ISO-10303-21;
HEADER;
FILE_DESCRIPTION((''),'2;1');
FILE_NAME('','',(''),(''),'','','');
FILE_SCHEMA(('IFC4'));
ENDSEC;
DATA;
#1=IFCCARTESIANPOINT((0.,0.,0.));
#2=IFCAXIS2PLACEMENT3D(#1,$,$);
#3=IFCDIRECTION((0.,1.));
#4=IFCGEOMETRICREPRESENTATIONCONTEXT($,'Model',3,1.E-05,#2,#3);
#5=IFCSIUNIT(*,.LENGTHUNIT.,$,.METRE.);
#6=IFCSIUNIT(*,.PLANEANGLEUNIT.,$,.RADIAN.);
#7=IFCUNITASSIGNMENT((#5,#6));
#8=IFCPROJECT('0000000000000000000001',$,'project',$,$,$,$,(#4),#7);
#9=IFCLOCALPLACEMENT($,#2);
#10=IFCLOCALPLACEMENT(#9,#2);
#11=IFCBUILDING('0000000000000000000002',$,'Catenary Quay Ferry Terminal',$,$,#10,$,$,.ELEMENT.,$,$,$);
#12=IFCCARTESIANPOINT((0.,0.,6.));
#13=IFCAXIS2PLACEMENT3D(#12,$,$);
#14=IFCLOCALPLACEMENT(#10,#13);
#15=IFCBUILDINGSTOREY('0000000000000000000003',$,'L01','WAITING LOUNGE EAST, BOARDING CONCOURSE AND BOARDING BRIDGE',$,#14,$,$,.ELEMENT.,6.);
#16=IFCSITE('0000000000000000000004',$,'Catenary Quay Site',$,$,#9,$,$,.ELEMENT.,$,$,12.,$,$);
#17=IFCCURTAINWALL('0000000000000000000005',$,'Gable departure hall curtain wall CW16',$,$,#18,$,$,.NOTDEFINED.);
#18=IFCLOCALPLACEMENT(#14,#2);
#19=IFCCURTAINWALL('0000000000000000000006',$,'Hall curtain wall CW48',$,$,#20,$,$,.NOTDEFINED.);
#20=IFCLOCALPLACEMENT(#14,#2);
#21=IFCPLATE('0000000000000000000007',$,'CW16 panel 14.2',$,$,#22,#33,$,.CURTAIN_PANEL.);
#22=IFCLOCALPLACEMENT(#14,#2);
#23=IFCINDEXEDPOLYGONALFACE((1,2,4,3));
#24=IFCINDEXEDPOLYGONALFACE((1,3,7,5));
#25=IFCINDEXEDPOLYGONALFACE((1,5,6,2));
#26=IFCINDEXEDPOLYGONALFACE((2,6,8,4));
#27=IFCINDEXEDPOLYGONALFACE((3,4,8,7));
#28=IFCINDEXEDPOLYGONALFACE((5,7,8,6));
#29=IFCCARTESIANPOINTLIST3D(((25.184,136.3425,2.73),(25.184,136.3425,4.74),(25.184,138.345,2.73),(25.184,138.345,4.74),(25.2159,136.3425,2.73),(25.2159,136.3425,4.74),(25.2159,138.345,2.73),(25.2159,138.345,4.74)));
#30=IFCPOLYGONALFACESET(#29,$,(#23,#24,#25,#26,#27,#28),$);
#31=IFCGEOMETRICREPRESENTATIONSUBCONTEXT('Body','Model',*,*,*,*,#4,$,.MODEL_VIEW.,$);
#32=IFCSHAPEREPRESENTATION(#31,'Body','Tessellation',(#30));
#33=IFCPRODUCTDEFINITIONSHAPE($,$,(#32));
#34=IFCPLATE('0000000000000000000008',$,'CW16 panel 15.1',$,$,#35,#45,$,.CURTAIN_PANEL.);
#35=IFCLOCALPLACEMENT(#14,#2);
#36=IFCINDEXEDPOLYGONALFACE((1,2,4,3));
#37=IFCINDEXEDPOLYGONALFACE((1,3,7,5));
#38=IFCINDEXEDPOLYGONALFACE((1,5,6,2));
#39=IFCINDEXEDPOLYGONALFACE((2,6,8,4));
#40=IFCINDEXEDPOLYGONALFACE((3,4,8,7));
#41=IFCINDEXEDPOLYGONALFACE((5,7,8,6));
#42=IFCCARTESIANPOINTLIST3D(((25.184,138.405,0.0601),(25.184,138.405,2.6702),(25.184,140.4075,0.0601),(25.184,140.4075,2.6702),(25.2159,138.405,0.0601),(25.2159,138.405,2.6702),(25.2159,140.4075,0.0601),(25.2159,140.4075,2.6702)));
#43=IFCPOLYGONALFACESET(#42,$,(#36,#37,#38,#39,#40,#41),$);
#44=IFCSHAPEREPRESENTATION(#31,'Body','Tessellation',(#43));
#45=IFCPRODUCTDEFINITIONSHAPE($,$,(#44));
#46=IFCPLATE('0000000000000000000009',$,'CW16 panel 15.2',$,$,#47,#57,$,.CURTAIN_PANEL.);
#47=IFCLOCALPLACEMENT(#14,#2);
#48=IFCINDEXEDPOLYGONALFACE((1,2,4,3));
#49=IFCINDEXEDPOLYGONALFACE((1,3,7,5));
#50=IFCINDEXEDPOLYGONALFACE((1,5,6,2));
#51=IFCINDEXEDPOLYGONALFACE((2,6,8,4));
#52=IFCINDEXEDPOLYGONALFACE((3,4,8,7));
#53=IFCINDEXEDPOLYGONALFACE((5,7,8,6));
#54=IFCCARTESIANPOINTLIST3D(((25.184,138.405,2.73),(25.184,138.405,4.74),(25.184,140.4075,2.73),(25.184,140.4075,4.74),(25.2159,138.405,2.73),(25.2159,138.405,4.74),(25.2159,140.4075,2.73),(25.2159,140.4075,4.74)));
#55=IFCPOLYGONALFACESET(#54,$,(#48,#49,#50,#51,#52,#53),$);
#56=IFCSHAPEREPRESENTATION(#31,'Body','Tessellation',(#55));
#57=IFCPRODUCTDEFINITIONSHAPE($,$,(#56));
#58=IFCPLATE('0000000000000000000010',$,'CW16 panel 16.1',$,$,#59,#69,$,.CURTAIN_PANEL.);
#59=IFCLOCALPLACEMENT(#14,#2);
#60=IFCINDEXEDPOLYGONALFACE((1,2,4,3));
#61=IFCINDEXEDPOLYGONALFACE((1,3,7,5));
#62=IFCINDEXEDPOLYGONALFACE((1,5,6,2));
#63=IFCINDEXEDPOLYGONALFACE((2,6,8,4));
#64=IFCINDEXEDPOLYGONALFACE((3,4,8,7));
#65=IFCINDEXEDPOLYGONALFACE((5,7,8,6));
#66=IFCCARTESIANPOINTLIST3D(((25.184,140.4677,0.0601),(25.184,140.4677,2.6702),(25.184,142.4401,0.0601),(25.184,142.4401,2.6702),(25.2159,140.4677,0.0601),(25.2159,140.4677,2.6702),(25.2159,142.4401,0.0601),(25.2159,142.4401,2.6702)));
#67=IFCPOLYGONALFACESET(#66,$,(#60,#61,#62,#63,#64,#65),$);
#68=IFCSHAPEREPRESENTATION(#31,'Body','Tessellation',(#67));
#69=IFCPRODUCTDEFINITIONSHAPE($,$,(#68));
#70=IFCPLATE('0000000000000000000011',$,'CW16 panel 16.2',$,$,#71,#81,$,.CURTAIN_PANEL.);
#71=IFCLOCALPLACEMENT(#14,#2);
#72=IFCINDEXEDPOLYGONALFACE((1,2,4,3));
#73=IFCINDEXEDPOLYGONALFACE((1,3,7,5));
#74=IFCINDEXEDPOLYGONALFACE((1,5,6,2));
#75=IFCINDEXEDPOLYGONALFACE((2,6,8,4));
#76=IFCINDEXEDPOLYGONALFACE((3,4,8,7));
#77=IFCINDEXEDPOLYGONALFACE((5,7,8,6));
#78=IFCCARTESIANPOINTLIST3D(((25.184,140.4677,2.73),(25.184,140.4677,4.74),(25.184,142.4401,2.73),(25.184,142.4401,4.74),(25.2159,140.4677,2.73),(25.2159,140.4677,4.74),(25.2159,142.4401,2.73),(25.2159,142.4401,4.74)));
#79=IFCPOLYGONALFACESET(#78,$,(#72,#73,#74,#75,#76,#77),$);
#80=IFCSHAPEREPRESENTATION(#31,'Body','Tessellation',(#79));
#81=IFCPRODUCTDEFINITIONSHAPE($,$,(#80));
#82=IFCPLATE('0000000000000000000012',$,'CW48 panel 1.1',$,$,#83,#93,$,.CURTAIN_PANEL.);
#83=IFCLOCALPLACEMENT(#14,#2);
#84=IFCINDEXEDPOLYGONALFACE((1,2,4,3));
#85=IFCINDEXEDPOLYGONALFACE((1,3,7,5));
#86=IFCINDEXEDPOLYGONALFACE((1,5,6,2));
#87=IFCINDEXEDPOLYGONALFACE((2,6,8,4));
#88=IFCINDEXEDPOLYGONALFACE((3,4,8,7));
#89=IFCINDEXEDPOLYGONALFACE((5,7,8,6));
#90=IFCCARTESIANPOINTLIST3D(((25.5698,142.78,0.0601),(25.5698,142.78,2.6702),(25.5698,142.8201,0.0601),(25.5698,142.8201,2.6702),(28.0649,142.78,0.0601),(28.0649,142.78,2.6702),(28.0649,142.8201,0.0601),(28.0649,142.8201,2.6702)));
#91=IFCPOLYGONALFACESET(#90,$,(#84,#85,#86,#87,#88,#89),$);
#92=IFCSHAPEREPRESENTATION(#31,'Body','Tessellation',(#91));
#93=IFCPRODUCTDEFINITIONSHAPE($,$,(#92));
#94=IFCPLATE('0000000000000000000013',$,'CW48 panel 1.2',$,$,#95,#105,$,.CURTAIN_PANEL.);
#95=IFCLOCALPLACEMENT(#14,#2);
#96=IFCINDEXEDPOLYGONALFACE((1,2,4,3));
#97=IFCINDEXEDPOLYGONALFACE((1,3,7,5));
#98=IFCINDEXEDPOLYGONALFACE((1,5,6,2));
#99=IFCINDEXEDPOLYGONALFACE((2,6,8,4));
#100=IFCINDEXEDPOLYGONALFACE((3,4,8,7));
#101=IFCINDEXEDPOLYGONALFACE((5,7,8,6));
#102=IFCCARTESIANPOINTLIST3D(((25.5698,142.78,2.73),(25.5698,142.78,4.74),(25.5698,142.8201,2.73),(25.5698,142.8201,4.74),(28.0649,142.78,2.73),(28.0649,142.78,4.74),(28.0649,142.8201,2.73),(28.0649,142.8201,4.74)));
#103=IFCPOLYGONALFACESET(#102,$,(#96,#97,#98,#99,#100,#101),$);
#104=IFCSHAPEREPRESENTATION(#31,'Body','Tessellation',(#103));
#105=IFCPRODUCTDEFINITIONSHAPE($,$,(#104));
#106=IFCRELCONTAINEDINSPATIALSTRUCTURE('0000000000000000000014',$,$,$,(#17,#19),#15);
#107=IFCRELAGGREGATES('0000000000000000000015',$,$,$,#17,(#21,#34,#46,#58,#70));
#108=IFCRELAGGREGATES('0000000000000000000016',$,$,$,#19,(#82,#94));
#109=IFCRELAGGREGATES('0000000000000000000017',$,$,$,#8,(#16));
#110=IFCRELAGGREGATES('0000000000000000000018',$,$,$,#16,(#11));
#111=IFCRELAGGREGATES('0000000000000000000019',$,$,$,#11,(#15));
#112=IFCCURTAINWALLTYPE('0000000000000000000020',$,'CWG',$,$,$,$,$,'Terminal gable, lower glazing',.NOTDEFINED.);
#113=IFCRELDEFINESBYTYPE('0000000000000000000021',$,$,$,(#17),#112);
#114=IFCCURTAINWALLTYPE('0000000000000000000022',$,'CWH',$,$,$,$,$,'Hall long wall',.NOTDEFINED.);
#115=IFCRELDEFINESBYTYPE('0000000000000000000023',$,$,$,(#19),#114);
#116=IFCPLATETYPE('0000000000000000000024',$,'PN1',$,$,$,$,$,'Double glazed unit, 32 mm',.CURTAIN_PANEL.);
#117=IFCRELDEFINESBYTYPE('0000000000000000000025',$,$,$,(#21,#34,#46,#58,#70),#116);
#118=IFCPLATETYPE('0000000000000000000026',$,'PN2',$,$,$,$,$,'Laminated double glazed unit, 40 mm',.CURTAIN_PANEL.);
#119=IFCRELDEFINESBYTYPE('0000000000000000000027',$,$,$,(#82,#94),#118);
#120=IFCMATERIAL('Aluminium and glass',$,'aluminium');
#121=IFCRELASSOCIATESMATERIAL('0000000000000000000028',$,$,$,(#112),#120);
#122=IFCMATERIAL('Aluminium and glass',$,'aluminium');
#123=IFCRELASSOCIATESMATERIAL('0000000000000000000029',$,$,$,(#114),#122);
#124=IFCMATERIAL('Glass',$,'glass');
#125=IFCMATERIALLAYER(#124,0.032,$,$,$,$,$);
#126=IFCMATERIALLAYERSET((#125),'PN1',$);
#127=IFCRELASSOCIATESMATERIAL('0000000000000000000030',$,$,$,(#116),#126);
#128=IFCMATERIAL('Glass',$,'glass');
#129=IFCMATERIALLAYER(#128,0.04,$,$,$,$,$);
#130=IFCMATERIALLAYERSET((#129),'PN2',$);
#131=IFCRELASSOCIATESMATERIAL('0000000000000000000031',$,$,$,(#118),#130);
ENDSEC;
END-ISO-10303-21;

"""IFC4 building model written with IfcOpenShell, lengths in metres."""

from ifc_helpers import new_model, si_unit, direction, frame, origin, origin_2d, place, context, subcontext, project, spatial, rectangle, extrude, material, layer, layer_set, type_object, element, aggregate, save


model = new_model("IFC4")

# Units and contexts
model_context = context("Model", 3, precision=1e-05, world=origin(), true_north=direction((0.0, 1.0)))
body_context = subcontext(model_context, "Body", "Model", "MODEL_VIEW")
ifc_project = project(units=[si_unit("LENGTHUNIT", "METRE"), si_unit("PLANEANGLEUNIT", "RADIAN")], contexts=[model_context])

# Site, building, storey
site_placement = place(None, origin())
site = spatial("IfcSite", under=ifc_project, at=site_placement, Name="Catenary Quay Site", CompositionType="ELEMENT", RefElevation=12.0)
building_placement = place(site_placement, origin())
building = spatial("IfcBuilding", under=site, at=building_placement, Name="Catenary Quay Ferry Terminal", CompositionType="ELEMENT")
storey_placement = place(building_placement, frame((0.0, 0.0, 6.0)))
storey = spatial("IfcBuildingStorey", under=building, at=storey_placement, Name="L01", Description="WAITING LOUNGE EAST, BOARDING CONCOURSE AND BOARDING BRIDGE", CompositionType="ELEMENT", Elevation=6.0)

# Curtain walls
ifc_material_1 = material(Name="Aluminium and glass", Category="aluminium")
curtain_wall_type_1 = type_object("IfcCurtainWallType", Name="CWG", ElementType="Terminal gable, lower glazing", PredefinedType="NOTDEFINED", material=ifc_material_1)
curtain_wall_1_placement = place(storey_placement, origin())
curtain_wall_1 = element("IfcCurtainWall", 1, at=curtain_wall_1_placement, inside=storey, type_object=curtain_wall_type_1, Name="Gable departure hall curtain wall CW16", PredefinedType="NOTDEFINED")
ifc_material_2 = material(Name="Aluminium and glass", Category="aluminium")
curtain_wall_type_2 = type_object("IfcCurtainWallType", Name="CWH", ElementType="Hall long wall", PredefinedType="NOTDEFINED", material=ifc_material_2)
curtain_wall_2_placement = place(storey_placement, origin())
curtain_wall_2 = element("IfcCurtainWall", 2, at=curtain_wall_2_placement, inside=storey, type_object=curtain_wall_type_2, Name="Hall curtain wall CW48", PredefinedType="NOTDEFINED")

# Plates
ifc_material_3 = material(Name="Glass", Category="glass")
ifc_layer_1 = layer(ifc_material_3, 0.032)
ifc_layer_set_1 = layer_set([ifc_layer_1], Name="PN1")
plate_type_1 = type_object("IfcPlateType", Name="PN1", ElementType="Double glazed unit, 32 mm", PredefinedType="CURTAIN_PANEL", material=ifc_layer_set_1)
plate_1_placement = place(storey_placement, frame((25.2, 137.3438, 2.73), z_axis=(0.0, 0.0, 1.0), x_axis=(0.0, 1.0, 0.0)))
plate_1 = element("IfcPlate", 3, at=plate_1_placement, type_object=plate_type_1, Name="CW16 panel 14.2", PredefinedType="CURTAIN_PANEL", context=body_context, shape_type="SweptSolid", body=[
    extrude(rectangle(XDim=2.0024, YDim=0.032, at=origin_2d()), origin(), (0.0, 0.0, 1.0), 2.01),
])
plate_2_placement = place(storey_placement, frame((25.2, 139.4062, 0.0601), z_axis=(0.0, 0.0, 1.0), x_axis=(0.0, 1.0, 0.0)))
plate_2 = element("IfcPlate", 4, at=plate_2_placement, type_object=plate_type_1, Name="CW16 panel 15.1", PredefinedType="CURTAIN_PANEL", context=body_context, shape_type="SweptSolid", body=[
    extrude(rectangle(XDim=2.0024, YDim=0.032, at=origin_2d()), origin(), (0.0, 0.0, 1.0), 2.6101),
])
plate_3_placement = place(storey_placement, frame((25.2, 139.4062, 2.73), z_axis=(0.0, 0.0, 1.0), x_axis=(0.0, 1.0, 0.0)))
plate_3 = element("IfcPlate", 5, at=plate_3_placement, type_object=plate_type_1, Name="CW16 panel 15.2", PredefinedType="CURTAIN_PANEL", context=body_context, shape_type="SweptSolid", body=[
    extrude(rectangle(XDim=2.0024, YDim=0.032, at=origin_2d()), origin(), (0.0, 0.0, 1.0), 2.01),
])
plate_4_placement = place(storey_placement, frame((25.2, 141.4539, 0.0601), z_axis=(0.0, 0.0, 1.0), x_axis=(0.0, 1.0, 0.0)))
plate_4 = element("IfcPlate", 6, at=plate_4_placement, type_object=plate_type_1, Name="CW16 panel 16.1", PredefinedType="CURTAIN_PANEL", context=body_context, shape_type="SweptSolid", body=[
    extrude(rectangle(XDim=1.9724, YDim=0.032, at=origin_2d()), origin(), (0.0, 0.0, 1.0), 2.6101),
])
plate_5_placement = place(storey_placement, frame((25.2, 141.4539, 2.73), z_axis=(0.0, 0.0, 1.0), x_axis=(0.0, 1.0, 0.0)))
plate_5 = element("IfcPlate", 7, at=plate_5_placement, type_object=plate_type_1, Name="CW16 panel 16.2", PredefinedType="CURTAIN_PANEL", context=body_context, shape_type="SweptSolid", body=[
    extrude(rectangle(XDim=1.9724, YDim=0.032, at=origin_2d()), origin(), (0.0, 0.0, 1.0), 2.01),
])
aggregate(curtain_wall_1, [plate_1, plate_2, plate_3, plate_4, plate_5])
ifc_material_4 = material(Name="Glass", Category="glass")
ifc_layer_2 = layer(ifc_material_4, 0.04)
ifc_layer_set_2 = layer_set([ifc_layer_2], Name="PN2")
plate_type_2 = type_object("IfcPlateType", Name="PN2", ElementType="Laminated double glazed unit, 40 mm", PredefinedType="CURTAIN_PANEL", material=ifc_layer_set_2)
plate_6_placement = place(storey_placement, frame((26.8174, 142.8, 0.0601), z_axis=(0.0, 0.0, 1.0), x_axis=(1.0, 0.0, 0.0)))
plate_6 = element("IfcPlate", 8, at=plate_6_placement, type_object=plate_type_2, Name="CW48 panel 1.1", PredefinedType="CURTAIN_PANEL", context=body_context, shape_type="SweptSolid", body=[
    extrude(rectangle(XDim=2.4951, YDim=0.04, at=origin_2d()), origin(), (0.0, 0.0, 1.0), 2.6101),
])
plate_7_placement = place(storey_placement, frame((26.8174, 142.8, 2.73), z_axis=(0.0, 0.0, 1.0), x_axis=(1.0, 0.0, 0.0)))
plate_7 = element("IfcPlate", 9, at=plate_7_placement, type_object=plate_type_2, Name="CW48 panel 1.2", PredefinedType="CURTAIN_PANEL", context=body_context, shape_type="SweptSolid", body=[
    extrude(rectangle(XDim=2.4951, YDim=0.04, at=origin_2d()), origin(), (0.0, 0.0, 1.0), 2.01),
])
aggregate(curtain_wall_2, [plate_6, plate_7])

save(model, "model.ifc")
